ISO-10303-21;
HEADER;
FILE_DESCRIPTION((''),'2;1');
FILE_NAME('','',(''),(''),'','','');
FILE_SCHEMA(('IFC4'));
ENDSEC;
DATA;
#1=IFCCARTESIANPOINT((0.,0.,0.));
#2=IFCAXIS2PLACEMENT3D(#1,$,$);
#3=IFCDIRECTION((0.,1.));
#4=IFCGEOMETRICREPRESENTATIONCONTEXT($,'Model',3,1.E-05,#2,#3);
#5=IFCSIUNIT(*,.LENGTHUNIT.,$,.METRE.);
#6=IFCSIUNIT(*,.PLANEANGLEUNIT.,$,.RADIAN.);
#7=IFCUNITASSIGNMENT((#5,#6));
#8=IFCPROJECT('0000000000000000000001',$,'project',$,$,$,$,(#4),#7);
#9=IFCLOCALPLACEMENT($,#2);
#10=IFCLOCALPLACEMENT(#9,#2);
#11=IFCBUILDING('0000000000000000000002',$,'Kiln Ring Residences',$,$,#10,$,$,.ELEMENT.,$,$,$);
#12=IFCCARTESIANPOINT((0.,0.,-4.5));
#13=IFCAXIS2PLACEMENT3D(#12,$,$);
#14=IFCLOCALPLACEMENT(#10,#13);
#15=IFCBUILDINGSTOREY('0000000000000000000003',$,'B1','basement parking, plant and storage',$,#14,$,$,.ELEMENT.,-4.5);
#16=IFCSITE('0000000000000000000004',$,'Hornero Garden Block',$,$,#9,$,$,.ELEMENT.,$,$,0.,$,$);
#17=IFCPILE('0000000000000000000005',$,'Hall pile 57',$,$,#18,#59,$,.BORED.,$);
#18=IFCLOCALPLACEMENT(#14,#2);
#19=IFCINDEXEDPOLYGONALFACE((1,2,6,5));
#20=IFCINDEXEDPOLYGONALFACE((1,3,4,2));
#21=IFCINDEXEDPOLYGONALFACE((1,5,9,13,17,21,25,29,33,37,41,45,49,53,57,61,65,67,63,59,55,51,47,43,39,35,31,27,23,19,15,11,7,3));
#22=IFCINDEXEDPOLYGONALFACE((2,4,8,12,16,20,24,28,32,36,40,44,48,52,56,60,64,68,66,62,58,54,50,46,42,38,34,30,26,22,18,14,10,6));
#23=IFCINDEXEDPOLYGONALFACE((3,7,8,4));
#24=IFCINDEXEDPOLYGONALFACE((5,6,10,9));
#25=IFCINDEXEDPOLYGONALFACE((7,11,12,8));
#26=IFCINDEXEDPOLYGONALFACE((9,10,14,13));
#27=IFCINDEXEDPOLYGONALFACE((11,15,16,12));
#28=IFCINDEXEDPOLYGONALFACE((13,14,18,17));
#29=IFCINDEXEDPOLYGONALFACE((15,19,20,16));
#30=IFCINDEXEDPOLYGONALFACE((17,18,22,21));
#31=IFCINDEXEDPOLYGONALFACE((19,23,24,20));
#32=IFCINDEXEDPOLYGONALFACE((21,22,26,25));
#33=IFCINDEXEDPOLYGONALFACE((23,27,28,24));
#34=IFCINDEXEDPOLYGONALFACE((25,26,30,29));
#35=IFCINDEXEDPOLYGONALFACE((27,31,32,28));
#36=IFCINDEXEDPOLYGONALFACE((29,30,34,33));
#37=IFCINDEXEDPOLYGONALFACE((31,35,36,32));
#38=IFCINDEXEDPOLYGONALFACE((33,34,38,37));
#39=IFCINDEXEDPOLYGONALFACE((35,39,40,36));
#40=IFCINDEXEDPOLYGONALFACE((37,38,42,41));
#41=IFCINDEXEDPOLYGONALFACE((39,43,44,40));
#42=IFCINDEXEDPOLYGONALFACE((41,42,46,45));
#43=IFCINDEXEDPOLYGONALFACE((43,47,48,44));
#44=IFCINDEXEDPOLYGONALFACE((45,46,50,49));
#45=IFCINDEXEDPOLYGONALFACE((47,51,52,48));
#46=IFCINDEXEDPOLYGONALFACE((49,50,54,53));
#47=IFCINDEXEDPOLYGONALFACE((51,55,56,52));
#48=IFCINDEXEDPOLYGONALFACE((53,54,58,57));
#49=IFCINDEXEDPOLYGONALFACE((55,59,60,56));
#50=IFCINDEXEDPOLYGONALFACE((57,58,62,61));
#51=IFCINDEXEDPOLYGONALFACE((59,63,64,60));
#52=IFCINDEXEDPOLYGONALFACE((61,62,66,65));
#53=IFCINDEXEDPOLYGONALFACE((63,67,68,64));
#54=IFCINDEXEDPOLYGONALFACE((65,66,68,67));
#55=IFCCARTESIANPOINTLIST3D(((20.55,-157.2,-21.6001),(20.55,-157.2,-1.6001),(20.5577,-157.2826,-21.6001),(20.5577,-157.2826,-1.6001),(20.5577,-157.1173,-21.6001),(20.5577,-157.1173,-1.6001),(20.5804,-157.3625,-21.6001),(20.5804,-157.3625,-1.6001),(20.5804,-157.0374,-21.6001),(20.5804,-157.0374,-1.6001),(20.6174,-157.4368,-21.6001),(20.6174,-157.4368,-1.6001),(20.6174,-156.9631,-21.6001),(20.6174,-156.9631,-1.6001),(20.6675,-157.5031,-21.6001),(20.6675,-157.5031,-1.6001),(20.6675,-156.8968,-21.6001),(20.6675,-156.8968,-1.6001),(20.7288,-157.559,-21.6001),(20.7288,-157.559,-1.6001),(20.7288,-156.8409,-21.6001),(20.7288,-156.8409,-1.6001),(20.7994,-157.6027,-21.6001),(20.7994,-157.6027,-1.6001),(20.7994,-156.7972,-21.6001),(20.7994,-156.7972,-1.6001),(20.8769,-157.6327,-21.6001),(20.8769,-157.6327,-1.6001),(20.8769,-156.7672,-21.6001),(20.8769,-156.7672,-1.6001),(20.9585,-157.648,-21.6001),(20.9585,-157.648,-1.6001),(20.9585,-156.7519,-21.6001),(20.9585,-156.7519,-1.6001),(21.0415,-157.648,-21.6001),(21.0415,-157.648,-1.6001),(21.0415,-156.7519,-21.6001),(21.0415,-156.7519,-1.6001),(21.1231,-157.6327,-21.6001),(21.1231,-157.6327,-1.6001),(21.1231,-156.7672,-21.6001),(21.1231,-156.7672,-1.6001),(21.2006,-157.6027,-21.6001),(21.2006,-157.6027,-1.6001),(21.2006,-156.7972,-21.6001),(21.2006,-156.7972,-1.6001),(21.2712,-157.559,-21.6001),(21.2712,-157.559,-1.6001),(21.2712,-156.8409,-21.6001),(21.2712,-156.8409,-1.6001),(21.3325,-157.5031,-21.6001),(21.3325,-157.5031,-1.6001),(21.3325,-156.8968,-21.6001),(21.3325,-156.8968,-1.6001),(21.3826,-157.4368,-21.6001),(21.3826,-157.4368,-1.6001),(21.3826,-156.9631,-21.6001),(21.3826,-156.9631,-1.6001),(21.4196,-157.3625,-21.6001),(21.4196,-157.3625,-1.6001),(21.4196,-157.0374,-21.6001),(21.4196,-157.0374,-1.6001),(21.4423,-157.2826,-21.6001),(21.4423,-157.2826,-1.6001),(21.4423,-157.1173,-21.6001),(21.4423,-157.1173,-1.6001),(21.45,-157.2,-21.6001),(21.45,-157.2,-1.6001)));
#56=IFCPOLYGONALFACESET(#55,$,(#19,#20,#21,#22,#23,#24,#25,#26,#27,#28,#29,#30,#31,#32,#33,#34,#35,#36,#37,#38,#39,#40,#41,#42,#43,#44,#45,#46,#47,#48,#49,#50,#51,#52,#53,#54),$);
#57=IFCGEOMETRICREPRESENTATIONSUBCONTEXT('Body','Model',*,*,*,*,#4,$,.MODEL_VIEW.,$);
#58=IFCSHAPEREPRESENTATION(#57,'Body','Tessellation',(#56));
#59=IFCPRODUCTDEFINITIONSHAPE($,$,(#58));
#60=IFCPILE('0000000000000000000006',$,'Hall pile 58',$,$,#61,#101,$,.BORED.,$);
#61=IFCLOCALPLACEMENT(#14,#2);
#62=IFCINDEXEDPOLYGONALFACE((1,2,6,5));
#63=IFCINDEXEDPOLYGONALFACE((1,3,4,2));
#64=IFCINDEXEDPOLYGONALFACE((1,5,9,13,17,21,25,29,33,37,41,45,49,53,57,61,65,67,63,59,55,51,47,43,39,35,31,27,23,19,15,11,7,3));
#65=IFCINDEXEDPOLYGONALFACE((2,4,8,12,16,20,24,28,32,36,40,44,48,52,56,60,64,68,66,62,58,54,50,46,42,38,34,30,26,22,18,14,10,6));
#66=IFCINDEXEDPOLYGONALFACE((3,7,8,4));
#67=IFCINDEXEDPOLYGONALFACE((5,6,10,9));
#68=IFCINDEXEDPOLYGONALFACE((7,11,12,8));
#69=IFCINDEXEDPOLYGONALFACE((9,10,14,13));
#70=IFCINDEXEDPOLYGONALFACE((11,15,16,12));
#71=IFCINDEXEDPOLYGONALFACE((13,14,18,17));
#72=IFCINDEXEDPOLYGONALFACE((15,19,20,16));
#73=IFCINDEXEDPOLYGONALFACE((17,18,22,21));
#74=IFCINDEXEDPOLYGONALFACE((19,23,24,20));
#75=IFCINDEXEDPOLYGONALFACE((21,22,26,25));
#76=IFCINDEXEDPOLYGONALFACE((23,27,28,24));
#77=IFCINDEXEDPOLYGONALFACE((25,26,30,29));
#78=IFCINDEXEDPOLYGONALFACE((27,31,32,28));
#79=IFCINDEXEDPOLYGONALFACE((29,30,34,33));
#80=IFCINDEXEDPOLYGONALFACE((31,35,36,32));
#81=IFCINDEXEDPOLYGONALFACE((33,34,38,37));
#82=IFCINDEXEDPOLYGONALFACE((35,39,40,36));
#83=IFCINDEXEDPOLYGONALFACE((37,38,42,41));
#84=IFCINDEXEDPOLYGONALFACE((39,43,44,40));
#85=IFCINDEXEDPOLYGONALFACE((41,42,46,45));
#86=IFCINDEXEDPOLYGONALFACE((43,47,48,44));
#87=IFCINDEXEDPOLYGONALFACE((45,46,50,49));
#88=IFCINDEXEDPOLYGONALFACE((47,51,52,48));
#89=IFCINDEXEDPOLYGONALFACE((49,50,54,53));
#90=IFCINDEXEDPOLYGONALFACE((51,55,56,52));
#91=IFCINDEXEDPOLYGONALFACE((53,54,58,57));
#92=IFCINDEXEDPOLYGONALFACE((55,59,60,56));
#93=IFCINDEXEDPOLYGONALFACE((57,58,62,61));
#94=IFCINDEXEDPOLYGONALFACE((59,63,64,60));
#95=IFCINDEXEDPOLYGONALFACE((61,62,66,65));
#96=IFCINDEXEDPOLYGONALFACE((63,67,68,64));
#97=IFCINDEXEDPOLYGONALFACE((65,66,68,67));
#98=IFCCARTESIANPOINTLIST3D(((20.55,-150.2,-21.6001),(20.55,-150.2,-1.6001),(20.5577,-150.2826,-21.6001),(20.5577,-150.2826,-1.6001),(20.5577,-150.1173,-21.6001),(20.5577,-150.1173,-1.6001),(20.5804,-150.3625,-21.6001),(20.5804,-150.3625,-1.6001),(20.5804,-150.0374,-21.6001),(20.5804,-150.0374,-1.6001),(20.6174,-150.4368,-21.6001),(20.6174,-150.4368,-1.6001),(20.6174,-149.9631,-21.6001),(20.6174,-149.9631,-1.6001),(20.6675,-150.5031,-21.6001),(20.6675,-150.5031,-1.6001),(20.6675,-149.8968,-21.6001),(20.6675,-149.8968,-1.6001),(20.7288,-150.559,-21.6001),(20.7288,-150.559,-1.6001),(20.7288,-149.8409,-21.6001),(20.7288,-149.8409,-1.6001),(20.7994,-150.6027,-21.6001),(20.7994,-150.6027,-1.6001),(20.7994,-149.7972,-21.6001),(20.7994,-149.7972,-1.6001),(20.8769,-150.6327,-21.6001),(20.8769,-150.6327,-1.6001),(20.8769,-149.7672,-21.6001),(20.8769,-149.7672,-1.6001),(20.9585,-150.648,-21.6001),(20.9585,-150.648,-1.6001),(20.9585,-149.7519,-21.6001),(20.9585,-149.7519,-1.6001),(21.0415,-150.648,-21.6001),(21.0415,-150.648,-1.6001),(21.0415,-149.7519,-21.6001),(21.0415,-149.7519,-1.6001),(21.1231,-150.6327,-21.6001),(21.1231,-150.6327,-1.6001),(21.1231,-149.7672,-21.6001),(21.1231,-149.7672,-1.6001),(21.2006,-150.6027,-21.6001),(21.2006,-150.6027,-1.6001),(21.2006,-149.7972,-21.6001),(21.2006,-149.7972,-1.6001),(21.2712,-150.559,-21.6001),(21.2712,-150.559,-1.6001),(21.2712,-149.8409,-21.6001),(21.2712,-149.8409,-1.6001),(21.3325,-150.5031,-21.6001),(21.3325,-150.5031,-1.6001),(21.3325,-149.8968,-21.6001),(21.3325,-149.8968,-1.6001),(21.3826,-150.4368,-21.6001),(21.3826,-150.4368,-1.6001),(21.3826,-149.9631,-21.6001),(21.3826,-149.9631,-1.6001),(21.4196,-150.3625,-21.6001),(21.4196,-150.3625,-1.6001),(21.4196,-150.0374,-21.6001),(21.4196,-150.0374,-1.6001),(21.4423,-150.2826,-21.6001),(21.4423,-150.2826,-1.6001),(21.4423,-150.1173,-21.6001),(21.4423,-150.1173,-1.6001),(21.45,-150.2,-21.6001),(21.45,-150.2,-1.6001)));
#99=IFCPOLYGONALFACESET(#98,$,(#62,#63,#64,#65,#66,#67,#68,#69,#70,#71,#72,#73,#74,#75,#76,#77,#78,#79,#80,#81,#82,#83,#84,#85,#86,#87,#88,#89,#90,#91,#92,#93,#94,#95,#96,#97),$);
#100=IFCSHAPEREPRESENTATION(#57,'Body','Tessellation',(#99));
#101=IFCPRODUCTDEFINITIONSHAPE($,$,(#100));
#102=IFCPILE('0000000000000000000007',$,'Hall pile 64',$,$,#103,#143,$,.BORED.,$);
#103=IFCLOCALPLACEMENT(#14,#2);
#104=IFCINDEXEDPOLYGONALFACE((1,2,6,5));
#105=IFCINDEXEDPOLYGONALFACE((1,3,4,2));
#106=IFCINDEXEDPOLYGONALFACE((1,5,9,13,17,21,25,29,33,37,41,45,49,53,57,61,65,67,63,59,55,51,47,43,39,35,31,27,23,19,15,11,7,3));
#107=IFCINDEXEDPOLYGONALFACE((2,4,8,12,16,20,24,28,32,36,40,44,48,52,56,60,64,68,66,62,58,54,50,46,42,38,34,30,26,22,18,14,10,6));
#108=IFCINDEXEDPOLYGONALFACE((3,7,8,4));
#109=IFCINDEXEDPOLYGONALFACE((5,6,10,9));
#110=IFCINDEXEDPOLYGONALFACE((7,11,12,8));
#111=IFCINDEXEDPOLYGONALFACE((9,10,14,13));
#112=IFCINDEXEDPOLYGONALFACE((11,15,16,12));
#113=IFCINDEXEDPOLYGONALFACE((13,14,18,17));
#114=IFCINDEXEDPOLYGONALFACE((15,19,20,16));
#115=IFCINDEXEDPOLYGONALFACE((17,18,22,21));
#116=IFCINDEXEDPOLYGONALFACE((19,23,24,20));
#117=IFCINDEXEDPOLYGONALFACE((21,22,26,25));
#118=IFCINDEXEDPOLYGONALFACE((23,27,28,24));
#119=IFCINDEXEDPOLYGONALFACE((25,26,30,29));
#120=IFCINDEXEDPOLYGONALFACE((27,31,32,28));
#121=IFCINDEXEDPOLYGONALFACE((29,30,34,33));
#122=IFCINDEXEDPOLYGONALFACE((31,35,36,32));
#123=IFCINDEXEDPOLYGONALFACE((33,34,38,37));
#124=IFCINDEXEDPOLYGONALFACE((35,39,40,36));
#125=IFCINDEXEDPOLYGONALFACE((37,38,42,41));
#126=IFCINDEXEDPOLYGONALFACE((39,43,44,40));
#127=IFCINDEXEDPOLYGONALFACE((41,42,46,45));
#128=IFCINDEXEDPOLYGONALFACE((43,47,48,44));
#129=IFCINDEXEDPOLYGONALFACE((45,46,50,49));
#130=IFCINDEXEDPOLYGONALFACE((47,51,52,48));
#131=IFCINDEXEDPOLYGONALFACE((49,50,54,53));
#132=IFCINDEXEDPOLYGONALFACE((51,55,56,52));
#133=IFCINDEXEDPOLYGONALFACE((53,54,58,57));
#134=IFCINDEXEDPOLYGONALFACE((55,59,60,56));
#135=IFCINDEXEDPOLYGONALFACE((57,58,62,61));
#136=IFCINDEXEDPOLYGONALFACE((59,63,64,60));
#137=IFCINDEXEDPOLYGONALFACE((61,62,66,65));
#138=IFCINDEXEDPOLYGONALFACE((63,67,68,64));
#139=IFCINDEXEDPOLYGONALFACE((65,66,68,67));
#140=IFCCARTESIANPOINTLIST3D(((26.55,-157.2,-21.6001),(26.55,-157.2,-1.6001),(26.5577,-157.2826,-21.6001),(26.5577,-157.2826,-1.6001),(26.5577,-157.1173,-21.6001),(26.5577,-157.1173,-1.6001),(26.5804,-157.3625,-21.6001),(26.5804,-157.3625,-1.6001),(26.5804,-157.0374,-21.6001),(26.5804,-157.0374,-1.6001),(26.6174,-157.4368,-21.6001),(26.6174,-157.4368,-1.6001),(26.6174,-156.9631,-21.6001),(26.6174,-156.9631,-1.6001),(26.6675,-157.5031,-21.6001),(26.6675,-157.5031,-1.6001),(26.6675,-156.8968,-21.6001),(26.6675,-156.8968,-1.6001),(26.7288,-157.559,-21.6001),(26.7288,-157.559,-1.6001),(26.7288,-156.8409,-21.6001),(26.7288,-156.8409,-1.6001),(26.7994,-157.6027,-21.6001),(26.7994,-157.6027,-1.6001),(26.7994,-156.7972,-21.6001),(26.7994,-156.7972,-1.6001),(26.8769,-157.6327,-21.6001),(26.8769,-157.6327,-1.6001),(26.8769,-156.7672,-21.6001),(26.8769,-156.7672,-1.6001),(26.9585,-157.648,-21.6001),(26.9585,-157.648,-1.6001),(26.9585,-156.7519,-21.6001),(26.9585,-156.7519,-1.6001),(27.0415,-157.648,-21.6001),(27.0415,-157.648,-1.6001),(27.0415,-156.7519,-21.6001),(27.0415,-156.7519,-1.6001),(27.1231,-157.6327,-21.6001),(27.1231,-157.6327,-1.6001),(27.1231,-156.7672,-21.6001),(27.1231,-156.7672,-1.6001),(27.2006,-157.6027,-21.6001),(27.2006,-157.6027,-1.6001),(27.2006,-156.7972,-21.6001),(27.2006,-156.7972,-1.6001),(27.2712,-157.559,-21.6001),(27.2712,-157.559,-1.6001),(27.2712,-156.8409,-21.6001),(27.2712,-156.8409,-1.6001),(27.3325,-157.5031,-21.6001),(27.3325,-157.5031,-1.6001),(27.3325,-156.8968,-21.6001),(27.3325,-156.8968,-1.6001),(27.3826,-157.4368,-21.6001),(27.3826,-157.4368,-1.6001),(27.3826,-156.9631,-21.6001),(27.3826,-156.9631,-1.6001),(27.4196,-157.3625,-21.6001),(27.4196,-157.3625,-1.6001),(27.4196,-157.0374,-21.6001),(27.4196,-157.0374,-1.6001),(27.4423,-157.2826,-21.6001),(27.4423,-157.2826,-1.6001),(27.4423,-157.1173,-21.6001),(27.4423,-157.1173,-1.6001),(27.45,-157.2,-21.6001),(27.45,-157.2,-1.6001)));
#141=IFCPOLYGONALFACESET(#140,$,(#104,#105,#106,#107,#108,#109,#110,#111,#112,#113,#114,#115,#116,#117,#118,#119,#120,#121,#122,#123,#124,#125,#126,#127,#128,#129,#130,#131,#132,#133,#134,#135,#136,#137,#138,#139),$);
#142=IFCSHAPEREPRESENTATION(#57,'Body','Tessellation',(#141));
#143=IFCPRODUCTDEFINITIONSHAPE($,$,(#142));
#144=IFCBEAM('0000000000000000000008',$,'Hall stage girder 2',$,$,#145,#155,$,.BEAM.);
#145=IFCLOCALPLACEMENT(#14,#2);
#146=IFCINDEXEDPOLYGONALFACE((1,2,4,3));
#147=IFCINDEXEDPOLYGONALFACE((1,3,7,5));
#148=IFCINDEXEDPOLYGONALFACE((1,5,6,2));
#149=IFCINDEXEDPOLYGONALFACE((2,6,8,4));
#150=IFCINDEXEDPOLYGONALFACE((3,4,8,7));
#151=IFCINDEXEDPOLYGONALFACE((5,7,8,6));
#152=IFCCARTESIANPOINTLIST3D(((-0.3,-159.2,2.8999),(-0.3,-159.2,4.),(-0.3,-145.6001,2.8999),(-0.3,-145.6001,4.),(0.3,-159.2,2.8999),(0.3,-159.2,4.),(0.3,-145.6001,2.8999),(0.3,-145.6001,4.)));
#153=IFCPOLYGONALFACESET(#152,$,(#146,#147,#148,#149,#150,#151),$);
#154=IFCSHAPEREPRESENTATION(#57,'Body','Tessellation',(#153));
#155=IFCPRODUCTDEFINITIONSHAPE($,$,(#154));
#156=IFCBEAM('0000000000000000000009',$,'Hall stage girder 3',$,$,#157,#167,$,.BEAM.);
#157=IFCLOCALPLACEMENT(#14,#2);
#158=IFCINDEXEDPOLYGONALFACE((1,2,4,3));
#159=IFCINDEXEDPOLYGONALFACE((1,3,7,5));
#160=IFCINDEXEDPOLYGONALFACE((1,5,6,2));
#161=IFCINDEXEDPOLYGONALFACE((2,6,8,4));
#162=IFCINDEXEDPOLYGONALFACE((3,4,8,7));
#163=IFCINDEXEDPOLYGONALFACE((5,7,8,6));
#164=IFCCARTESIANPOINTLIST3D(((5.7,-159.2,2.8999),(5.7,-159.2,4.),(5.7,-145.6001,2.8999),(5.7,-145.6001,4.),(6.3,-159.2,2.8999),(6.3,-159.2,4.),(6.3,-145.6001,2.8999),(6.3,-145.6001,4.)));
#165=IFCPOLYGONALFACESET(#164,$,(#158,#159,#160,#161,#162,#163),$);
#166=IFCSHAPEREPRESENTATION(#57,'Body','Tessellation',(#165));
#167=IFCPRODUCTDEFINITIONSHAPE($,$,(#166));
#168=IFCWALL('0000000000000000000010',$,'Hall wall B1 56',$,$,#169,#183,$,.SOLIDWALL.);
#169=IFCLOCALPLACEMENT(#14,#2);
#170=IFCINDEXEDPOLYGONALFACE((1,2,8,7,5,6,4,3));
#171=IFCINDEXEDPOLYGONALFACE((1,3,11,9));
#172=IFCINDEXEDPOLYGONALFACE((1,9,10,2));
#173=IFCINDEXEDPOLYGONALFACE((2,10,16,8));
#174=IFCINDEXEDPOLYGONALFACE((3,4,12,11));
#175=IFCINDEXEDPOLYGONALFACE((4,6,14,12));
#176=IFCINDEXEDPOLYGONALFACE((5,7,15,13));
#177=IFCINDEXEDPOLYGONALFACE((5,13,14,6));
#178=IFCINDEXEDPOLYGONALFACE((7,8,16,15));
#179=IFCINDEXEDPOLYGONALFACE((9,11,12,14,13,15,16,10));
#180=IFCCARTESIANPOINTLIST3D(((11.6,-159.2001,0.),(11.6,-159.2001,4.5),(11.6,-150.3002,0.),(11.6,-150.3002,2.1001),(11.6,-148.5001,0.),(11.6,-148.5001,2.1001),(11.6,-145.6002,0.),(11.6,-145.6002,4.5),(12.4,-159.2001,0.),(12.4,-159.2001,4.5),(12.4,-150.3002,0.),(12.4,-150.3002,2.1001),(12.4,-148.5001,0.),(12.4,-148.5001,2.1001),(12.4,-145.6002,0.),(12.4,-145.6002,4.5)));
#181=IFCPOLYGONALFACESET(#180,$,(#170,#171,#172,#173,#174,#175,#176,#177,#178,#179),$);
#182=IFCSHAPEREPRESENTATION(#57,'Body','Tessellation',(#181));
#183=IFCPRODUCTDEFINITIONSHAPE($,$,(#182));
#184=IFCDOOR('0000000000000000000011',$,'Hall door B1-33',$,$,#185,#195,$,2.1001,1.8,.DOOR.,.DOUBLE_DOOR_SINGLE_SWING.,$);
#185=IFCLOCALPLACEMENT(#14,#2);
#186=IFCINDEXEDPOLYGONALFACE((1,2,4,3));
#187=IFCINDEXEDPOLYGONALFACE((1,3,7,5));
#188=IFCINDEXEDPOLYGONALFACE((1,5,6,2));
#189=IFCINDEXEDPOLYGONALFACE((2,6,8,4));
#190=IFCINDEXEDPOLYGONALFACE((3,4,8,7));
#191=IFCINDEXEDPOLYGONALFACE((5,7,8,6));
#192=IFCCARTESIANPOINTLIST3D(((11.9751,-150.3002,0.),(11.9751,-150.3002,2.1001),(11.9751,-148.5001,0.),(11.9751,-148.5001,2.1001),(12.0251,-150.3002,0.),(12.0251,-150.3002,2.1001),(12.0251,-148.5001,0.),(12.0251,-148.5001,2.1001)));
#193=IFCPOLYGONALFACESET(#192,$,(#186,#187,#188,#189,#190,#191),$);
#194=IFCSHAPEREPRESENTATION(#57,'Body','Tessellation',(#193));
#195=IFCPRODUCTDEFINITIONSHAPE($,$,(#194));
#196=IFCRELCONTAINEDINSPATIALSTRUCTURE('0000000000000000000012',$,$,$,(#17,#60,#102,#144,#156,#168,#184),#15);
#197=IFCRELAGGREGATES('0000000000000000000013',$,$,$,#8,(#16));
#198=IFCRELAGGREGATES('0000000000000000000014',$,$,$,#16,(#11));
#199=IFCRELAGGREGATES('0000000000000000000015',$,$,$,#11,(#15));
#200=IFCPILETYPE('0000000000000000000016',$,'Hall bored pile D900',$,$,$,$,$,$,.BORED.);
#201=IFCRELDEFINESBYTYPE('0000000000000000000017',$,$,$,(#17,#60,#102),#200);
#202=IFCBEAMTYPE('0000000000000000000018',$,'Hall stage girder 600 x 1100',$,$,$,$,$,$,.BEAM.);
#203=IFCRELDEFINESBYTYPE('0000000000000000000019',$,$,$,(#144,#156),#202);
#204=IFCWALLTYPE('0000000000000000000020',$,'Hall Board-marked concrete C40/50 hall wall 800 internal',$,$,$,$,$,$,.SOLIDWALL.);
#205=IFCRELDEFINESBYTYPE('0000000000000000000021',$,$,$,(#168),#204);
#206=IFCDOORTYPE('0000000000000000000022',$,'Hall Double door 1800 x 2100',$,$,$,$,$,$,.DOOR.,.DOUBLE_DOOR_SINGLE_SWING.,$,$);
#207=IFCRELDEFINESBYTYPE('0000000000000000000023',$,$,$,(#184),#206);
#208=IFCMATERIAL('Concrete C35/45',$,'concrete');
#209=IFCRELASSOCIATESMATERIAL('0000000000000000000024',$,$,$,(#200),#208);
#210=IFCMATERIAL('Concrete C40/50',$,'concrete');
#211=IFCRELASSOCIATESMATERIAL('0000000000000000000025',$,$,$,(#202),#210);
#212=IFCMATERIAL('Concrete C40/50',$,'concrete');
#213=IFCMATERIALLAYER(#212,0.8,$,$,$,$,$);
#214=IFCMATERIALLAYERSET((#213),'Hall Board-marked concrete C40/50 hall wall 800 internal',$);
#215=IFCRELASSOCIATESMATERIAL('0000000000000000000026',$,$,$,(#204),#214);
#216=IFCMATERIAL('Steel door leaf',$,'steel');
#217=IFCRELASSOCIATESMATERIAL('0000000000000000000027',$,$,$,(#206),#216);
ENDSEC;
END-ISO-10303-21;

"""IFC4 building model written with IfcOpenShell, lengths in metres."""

from ifc_helpers import new_model, si_unit, direction, frame, frame_2d, origin, origin_2d, place, context, subcontext, project, spatial, rectangle, circle, extrude, material, layer, layer_set, material_profile, profile_set, type_object, element, fill, save


model = new_model("IFC4")

# Units and contexts
model_context = context("Model", 3, precision=1e-05, world=origin(), true_north=direction((0.0, 1.0)))
body_context = subcontext(model_context, "Body", "Model", "MODEL_VIEW")
ifc_project = project(units=[si_unit("LENGTHUNIT", "METRE"), si_unit("PLANEANGLEUNIT", "RADIAN")], contexts=[model_context])

# Site, building, storey
site_placement = place(None, origin())
site = spatial("IfcSite", under=ifc_project, at=site_placement, Name="Hornero Garden Block", CompositionType="ELEMENT", RefElevation=0.0)
building_placement = place(site_placement, origin())
building = spatial("IfcBuilding", under=site, at=building_placement, Name="Kiln Ring Residences", CompositionType="ELEMENT")
storey_placement = place(building_placement, frame((0.0, 0.0, -4.5)))
storey = spatial("IfcBuildingStorey", under=building, at=storey_placement, Name="B1", Description="basement parking, plant and storage", CompositionType="ELEMENT", Elevation=-4.5)

# Piles
ifc_material_1 = material(Name="Concrete C35/45", Category="concrete")
ifc_material_profile_1 = material_profile(ifc_material_1, circle(Radius=0.45, at=origin_2d()), Name="Hall bored pile D900")
ifc_profile_set_1 = profile_set([ifc_material_profile_1], Name="Concrete C35/45")
pile_type = type_object("IfcPileType", Name="Hall bored pile D900", PredefinedType="BORED", material=ifc_profile_set_1)
for number, where, z_axis, x_axis, name in (
    (1, (21.0, -157.2, -1.6001), (0.0, 0.0, -1.0), (1.0, 0.0, 0.0), "Hall pile 57"),
    (2, (21.0, -150.2, -1.6001), (0.0, 0.0, -1.0), (1.0, 0.0, 0.0), "Hall pile 58"),
    (3, (27.0, -157.2, -1.6001), (0.0, 0.0, -1.0), (1.0, 0.0, 0.0), "Hall pile 64"),
):
    element("IfcPile", number, at=place(storey_placement, frame(where, z_axis=z_axis, x_axis=x_axis)), inside=storey, type_object=pile_type, Name=name, PredefinedType="BORED", context=body_context, shape_type="SweptSolid", body=[
        extrude(circle(Radius=0.45, at=origin_2d()), origin(), (0.0, 0.0, 1.0), 20.0),
    ])

# Beams
ifc_material_2 = material(Name="Concrete C40/50", Category="concrete")
ifc_material_profile_2 = material_profile(ifc_material_2, rectangle(XDim=0.6001, YDim=1.1001, at=origin_2d()), Name="Hall stage girder 600 x 1100")
ifc_profile_set_2 = profile_set([ifc_material_profile_2], Name="Concrete C40/50")
beam_type = type_object("IfcBeamType", Name="Hall stage girder 600 x 1100", PredefinedType="BEAM", material=ifc_profile_set_2)
for number, where, z_axis, x_axis, name in (
    (4, (0.0, -159.2, 3.45), (0.0, 1.0, 0.0), (-1.0, 0.0, 0.0), "Hall stage girder 2"),
    (5, (6.0, -159.2, 3.45), (0.0, 1.0, 0.0), (-1.0, 0.0, 0.0), "Hall stage girder 3"),
):
    element("IfcBeam", number, at=place(storey_placement, frame(where, z_axis=z_axis, x_axis=x_axis)), inside=storey, type_object=beam_type, Name=name, PredefinedType="BEAM", context=body_context, shape_type="SweptSolid", body=[
        extrude(rectangle(XDim=0.6001, YDim=1.1001, at=origin_2d()), origin(), (0.0, 0.0, 1.0), 13.5999),
    ])

# Wall, opening, door
ifc_material_3 = material(Name="Concrete C40/50", Category="concrete")
ifc_layer_1 = layer(ifc_material_3, 0.8)
ifc_layer_set_1 = layer_set([ifc_layer_1], Name="Hall Board-marked concrete C40/50 hall wall 800 internal")
wall_type_1 = type_object("IfcWallType", Name="Hall Board-marked concrete C40/50 hall wall 800 internal", PredefinedType="SOLIDWALL", material=ifc_layer_set_1)
wall_1_placement = place(storey_placement, frame((12.0, -159.2, 0.0), z_axis=(0.0, 0.0, 1.0), x_axis=(0.0, 1.0, 0.0)))
wall_1 = element("IfcWall", 6, at=wall_1_placement, inside=storey, type_object=wall_type_1, Name="Hall wall B1 56", PredefinedType="SOLIDWALL", context=body_context, shape_type="SweptSolid", body=[
    extrude(rectangle(XDim=13.5999, YDim=0.8, at=frame_2d((6.7998, 0.0))), origin(), (0.0, 0.0, 1.0), 4.5),
])
opening_1_placement = place(wall_1_placement, frame((8.8999, 0.0, 0.0)))
opening_1 = element("IfcOpeningElement", 7, at=opening_1_placement, cuts=wall_1, PredefinedType="OPENING", context=body_context, shape_type="SweptSolid", body=[
    extrude(rectangle(XDim=1.8, YDim=2.1001, at=frame_2d((0.8999, 1.05))), frame((0.0, 0.4099, 0.0), z_axis=(0.0, -1.0, 0.0), x_axis=(1.0, 0.0, 0.0)), (0.0, 0.0, 1.0), 0.8201),
])
ifc_material_4 = material(Name="Steel door leaf", Category="steel")
door_type_1 = type_object("IfcDoorType", Name="Hall Double door 1800 x 2100", OperationType="DOUBLE_DOOR_SINGLE_SWING", PredefinedType="DOOR", material=ifc_material_4)
door_1_placement = place(opening_1_placement, origin())
door_1 = element("IfcDoor", 8, at=door_1_placement, inside=storey, type_object=door_type_1, Name="Hall door B1-33", OperationType="DOUBLE_DOOR_SINGLE_SWING", OverallHeight=2.1001, OverallWidth=1.8, PredefinedType="DOOR", context=body_context, shape_type="SweptSolid", body=[
    extrude(rectangle(XDim=1.8, YDim=2.1001, at=frame_2d((0.8999, 1.05))), frame((0.0, 0.0249, 0.0), z_axis=(0.0, -1.0, 0.0), x_axis=(1.0, 0.0, 0.0)), (0.0, 0.0, 1.0), 0.05),
])
fill(opening_1, door_1)

save(model, "model.ifc")
